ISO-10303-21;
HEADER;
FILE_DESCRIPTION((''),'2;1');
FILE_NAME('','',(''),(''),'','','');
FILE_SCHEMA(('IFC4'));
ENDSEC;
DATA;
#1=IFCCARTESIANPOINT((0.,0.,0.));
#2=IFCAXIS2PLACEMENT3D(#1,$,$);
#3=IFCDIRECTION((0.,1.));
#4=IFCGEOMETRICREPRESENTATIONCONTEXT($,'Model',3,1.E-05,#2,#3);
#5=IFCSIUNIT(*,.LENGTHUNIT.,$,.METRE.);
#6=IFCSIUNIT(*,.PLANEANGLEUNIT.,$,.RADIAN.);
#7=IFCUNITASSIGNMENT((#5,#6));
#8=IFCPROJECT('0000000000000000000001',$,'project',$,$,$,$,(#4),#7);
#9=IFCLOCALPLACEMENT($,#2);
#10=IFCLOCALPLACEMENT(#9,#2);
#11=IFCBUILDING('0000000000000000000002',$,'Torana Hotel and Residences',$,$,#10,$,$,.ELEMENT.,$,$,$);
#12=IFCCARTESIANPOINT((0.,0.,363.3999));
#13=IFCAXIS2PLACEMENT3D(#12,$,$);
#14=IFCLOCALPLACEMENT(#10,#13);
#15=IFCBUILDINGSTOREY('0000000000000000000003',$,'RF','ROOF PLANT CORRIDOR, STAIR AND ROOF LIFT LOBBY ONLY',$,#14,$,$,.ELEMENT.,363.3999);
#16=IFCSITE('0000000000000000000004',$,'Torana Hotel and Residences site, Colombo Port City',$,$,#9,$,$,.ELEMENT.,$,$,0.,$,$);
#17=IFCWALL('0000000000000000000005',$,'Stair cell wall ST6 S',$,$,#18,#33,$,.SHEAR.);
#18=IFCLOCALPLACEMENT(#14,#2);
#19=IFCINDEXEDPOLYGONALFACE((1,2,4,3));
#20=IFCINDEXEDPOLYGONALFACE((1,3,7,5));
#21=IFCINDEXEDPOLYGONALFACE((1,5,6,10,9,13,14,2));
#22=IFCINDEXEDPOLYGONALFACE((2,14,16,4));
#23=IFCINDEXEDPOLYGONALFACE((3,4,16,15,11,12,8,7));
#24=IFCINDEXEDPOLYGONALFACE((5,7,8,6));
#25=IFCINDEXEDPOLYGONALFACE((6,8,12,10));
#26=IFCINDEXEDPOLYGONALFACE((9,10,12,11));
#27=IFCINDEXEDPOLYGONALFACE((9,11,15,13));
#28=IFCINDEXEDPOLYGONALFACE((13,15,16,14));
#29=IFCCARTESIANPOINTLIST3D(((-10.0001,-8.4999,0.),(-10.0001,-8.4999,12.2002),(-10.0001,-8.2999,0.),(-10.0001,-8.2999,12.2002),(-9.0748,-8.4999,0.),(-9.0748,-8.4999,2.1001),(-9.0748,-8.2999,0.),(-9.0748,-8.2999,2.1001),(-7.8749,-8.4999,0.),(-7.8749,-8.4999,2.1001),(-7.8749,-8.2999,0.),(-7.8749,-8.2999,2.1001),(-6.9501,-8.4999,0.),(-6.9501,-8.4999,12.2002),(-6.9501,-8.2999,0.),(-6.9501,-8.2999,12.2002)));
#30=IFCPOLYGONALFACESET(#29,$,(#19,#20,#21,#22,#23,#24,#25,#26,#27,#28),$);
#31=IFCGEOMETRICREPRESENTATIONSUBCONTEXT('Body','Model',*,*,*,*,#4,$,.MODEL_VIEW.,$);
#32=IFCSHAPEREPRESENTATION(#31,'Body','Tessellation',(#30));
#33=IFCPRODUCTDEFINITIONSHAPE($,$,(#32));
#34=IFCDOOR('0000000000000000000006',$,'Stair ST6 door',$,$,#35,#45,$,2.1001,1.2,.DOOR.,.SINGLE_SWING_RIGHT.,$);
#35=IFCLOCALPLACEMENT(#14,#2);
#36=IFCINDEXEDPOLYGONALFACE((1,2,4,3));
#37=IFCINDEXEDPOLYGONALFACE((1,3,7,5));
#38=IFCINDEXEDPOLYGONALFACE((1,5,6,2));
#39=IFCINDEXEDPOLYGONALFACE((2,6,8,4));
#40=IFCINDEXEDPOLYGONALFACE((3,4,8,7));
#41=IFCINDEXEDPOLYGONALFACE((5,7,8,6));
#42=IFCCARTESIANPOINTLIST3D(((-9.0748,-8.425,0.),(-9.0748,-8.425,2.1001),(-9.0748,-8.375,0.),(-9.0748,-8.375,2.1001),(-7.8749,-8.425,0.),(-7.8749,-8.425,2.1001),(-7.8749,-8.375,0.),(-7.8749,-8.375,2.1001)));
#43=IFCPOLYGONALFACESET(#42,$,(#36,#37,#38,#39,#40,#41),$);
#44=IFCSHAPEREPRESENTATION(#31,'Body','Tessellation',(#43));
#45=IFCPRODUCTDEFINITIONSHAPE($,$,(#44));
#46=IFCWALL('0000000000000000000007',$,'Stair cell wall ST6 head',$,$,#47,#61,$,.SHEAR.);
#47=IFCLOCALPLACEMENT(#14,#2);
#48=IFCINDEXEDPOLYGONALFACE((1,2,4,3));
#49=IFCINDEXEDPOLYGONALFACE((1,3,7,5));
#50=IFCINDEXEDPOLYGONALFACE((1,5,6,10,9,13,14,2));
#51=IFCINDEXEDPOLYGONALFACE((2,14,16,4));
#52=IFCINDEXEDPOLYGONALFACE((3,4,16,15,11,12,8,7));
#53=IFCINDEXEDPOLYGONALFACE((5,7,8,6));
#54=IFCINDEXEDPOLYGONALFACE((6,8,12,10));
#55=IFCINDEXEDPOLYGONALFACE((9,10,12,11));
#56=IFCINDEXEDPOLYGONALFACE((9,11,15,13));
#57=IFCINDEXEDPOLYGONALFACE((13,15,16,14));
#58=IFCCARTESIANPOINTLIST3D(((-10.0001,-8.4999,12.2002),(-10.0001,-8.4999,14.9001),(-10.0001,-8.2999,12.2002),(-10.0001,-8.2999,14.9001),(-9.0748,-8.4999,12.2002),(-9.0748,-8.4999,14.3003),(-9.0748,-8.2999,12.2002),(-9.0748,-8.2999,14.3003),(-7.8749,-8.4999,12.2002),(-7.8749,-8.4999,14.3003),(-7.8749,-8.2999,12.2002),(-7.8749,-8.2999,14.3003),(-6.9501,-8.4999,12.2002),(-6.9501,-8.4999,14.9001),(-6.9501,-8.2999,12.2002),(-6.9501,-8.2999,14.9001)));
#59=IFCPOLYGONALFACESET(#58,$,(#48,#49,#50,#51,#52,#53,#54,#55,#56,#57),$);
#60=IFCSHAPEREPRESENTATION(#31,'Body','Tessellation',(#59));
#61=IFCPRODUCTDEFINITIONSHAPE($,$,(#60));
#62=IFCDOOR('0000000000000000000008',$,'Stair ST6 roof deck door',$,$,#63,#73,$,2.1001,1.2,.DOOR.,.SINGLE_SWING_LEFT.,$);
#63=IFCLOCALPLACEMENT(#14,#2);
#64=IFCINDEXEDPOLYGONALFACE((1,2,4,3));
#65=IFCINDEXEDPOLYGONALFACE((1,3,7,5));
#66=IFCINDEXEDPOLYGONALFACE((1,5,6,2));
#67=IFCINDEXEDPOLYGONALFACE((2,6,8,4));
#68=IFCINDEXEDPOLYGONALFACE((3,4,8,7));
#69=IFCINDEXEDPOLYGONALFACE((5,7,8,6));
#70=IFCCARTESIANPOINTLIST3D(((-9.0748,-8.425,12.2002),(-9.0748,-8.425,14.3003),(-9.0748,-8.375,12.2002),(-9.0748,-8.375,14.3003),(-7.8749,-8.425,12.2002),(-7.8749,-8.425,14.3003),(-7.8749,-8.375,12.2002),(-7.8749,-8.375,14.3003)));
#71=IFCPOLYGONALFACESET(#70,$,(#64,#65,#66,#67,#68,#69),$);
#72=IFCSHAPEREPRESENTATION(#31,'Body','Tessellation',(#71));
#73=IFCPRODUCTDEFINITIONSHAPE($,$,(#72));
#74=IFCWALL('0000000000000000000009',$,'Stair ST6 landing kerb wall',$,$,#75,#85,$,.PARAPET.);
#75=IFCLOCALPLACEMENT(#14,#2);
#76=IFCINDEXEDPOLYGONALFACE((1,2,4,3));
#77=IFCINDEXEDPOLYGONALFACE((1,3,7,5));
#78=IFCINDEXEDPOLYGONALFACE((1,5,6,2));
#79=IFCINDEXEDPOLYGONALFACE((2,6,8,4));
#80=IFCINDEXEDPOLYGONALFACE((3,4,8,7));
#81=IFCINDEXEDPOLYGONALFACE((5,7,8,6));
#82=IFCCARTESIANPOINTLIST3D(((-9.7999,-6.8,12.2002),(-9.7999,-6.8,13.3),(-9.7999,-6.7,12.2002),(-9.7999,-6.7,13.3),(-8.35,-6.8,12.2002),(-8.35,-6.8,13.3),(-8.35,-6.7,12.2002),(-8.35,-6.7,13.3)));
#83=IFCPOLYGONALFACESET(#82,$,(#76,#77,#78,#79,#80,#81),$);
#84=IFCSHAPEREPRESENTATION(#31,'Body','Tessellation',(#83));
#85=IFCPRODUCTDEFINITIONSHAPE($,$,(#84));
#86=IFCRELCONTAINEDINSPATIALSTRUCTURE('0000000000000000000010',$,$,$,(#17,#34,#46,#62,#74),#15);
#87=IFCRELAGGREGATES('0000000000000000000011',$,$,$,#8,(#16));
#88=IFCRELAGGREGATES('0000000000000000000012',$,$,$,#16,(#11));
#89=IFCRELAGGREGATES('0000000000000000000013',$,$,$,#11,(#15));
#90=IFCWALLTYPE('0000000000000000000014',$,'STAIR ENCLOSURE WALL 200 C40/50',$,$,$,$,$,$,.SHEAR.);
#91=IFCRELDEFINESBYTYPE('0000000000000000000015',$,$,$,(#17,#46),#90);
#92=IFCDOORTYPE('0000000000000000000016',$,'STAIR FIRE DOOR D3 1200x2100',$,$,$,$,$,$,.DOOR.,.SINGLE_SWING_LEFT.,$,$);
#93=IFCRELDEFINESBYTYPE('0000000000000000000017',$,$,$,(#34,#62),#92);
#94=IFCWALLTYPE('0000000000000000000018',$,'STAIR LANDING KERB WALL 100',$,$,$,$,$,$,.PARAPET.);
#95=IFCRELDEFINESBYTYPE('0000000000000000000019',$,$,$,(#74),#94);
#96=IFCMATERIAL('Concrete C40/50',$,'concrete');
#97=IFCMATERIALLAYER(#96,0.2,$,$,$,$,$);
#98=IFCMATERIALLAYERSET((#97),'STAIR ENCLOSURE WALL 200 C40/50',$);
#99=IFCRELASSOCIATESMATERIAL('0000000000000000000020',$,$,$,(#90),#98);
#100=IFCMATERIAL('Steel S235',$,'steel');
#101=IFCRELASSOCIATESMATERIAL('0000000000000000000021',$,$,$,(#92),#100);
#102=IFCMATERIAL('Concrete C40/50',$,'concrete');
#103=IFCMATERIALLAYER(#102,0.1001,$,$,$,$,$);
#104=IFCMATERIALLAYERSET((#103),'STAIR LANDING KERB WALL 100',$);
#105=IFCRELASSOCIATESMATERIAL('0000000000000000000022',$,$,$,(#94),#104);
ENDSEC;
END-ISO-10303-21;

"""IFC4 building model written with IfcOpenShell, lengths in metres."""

from ifc_helpers import new_model, si_unit, direction, frame, frame_2d, origin, place, context, subcontext, project, spatial, rectangle, extrude, material, layer, layer_set, type_object, element, fill, save


model = new_model("IFC4")

# Units and contexts
model_context = context("Model", 3, precision=1e-05, world=origin(), true_north=direction((0.0, 1.0)))
body_context = subcontext(model_context, "Body", "Model", "MODEL_VIEW")
ifc_project = project(units=[si_unit("LENGTHUNIT", "METRE"), si_unit("PLANEANGLEUNIT", "RADIAN")], contexts=[model_context])

# Site, building, storey
site_placement = place(None, origin())
site = spatial("IfcSite", under=ifc_project, at=site_placement, Name="Torana Hotel and Residences site, Colombo Port City", CompositionType="ELEMENT", RefElevation=0.0)
building_placement = place(site_placement, origin())
building = spatial("IfcBuilding", under=site, at=building_placement, Name="Torana Hotel and Residences", CompositionType="ELEMENT")
storey_placement = place(building_placement, frame((0.0, 0.0, 363.3999)))
storey = spatial("IfcBuildingStorey", under=building, at=storey_placement, Name="RF", Description="ROOF PLANT CORRIDOR, STAIR AND ROOF LIFT LOBBY ONLY", CompositionType="ELEMENT", Elevation=363.3999)

# Shared definitions
ifc_material_1 = material(Name="Concrete C40/50", Category="concrete")
ifc_layer_1 = layer(ifc_material_1, 0.2)
ifc_layer_set_1 = layer_set([ifc_layer_1], Name="STAIR ENCLOSURE WALL 200 C40/50")
wall_type_1 = type_object("IfcWallType", Name="STAIR ENCLOSURE WALL 200 C40/50", PredefinedType="SHEAR", material=ifc_layer_set_1)

# Walls, openings, doors
wall_1_placement = place(storey_placement, frame((-10.0, -8.3999, 0.0), z_axis=(0.0, 0.0, 1.0), x_axis=(1.0, 0.0, 0.0)))
wall_1 = element("IfcWall", 1, at=wall_1_placement, inside=storey, type_object=wall_type_1, Name="Stair cell wall ST6 S", PredefinedType="SHEAR", context=body_context, shape_type="SweptSolid", body=[
    extrude(rectangle(XDim=3.05, YDim=0.2, at=frame_2d((1.5249, 0.0))), origin(), (0.0, 0.0, 1.0), 12.2002),
])
opening_1_placement = place(wall_1_placement, frame((0.925, 0.0, 0.0)))
opening_1 = element("IfcOpeningElement", 2, at=opening_1_placement, cuts=wall_1, PredefinedType="OPENING", context=body_context, shape_type="SweptSolid", body=[
    extrude(rectangle(XDim=1.2, YDim=2.1001, at=frame_2d((0.6001, 1.05))), frame((0.0, 0.1099, 0.0), z_axis=(0.0, -1.0, 0.0), x_axis=(1.0, 0.0, 0.0)), (0.0, 0.0, 1.0), 0.22),
])
ifc_material_2 = material(Name="Steel S235", Category="steel")
door_type = type_object("IfcDoorType", Name="STAIR FIRE DOOR D3 1200x2100", OperationType="SINGLE_SWING_LEFT", PredefinedType="DOOR", material=ifc_material_2)
door_1_placement = place(opening_1_placement, origin())
door_1 = element("IfcDoor", 3, at=door_1_placement, inside=storey, type_object=door_type, Name="Stair ST6 door", OperationType="SINGLE_SWING_RIGHT", OverallHeight=2.1001, OverallWidth=1.2, PredefinedType="DOOR", context=body_context, shape_type="SweptSolid", body=[
    extrude(rectangle(XDim=1.2, YDim=2.1001, at=frame_2d((0.6001, 1.05))), frame((0.0, 0.0249, 0.0), z_axis=(0.0, -1.0, 0.0), x_axis=(1.0, 0.0, 0.0)), (0.0, 0.0, 1.0), 0.05),
])
fill(opening_1, door_1)
wall_2_placement = place(storey_placement, frame((-10.0, -8.3999, 12.2002), z_axis=(0.0, 0.0, 1.0), x_axis=(1.0, 0.0, 0.0)))
wall_2 = element("IfcWall", 4, at=wall_2_placement, inside=storey, type_object=wall_type_1, Name="Stair cell wall ST6 head", PredefinedType="SHEAR", context=body_context, shape_type="SweptSolid", body=[
    extrude(rectangle(XDim=3.05, YDim=0.2, at=frame_2d((1.5249, 0.0))), origin(), (0.0, 0.0, 1.0), 2.7),
])
opening_2_placement = place(wall_2_placement, frame((0.925, 0.0, 0.0)))
opening_2 = element("IfcOpeningElement", 5, at=opening_2_placement, cuts=wall_2, PredefinedType="OPENING", context=body_context, shape_type="SweptSolid", body=[
    extrude(rectangle(XDim=1.2, YDim=2.1001, at=frame_2d((0.6001, 1.05))), frame((0.0, 0.1099, 0.0), z_axis=(0.0, -1.0, 0.0), x_axis=(1.0, 0.0, 0.0)), (0.0, 0.0, 1.0), 0.22),
])
door_2_placement = place(opening_2_placement, frame((0.6001, 0.0, 0.0), z_axis=(0.0, 0.0, 1.0), x_axis=(-1.0, 0.0, 0.0)))
door_2 = element("IfcDoor", 6, at=door_2_placement, inside=storey, type_object=door_type, Name="Stair ST6 roof deck door", OperationType="SINGLE_SWING_LEFT", OverallHeight=2.1001, OverallWidth=1.2, PredefinedType="DOOR", context=body_context, shape_type="SweptSolid", body=[
    extrude(rectangle(XDim=1.2, YDim=2.1001, at=frame_2d((0.0, 1.05))), frame((0.0, -0.0249, 0.0), z_axis=(0.0, 1.0, 0.0), x_axis=(-1.0, 0.0, 0.0)), (0.0, 0.0, 1.0), 0.05),
])
fill(opening_2, door_2)

# Wall
ifc_material_3 = material(Name="Concrete C40/50", Category="concrete")
ifc_layer_2 = layer(ifc_material_3, 0.1001)
ifc_layer_set_2 = layer_set([ifc_layer_2], Name="STAIR LANDING KERB WALL 100")
wall_type_2 = type_object("IfcWallType", Name="STAIR LANDING KERB WALL 100", PredefinedType="PARAPET", material=ifc_layer_set_2)
wall_3_placement = place(storey_placement, frame((-9.8, -6.75, 12.2002), z_axis=(0.0, 0.0, 1.0), x_axis=(1.0, 0.0, 0.0)))
element("IfcWall", 7, at=wall_3_placement, inside=storey, type_object=wall_type_2, Name="Stair ST6 landing kerb wall", PredefinedType="PARAPET", context=body_context, shape_type="SweptSolid", body=[
    extrude(rectangle(XDim=1.45, YDim=0.1001, at=frame_2d((0.7251, 0.0))), origin(), (0.0, 0.0, 1.0), 1.0999),
])

save(model, "model.ifc")
